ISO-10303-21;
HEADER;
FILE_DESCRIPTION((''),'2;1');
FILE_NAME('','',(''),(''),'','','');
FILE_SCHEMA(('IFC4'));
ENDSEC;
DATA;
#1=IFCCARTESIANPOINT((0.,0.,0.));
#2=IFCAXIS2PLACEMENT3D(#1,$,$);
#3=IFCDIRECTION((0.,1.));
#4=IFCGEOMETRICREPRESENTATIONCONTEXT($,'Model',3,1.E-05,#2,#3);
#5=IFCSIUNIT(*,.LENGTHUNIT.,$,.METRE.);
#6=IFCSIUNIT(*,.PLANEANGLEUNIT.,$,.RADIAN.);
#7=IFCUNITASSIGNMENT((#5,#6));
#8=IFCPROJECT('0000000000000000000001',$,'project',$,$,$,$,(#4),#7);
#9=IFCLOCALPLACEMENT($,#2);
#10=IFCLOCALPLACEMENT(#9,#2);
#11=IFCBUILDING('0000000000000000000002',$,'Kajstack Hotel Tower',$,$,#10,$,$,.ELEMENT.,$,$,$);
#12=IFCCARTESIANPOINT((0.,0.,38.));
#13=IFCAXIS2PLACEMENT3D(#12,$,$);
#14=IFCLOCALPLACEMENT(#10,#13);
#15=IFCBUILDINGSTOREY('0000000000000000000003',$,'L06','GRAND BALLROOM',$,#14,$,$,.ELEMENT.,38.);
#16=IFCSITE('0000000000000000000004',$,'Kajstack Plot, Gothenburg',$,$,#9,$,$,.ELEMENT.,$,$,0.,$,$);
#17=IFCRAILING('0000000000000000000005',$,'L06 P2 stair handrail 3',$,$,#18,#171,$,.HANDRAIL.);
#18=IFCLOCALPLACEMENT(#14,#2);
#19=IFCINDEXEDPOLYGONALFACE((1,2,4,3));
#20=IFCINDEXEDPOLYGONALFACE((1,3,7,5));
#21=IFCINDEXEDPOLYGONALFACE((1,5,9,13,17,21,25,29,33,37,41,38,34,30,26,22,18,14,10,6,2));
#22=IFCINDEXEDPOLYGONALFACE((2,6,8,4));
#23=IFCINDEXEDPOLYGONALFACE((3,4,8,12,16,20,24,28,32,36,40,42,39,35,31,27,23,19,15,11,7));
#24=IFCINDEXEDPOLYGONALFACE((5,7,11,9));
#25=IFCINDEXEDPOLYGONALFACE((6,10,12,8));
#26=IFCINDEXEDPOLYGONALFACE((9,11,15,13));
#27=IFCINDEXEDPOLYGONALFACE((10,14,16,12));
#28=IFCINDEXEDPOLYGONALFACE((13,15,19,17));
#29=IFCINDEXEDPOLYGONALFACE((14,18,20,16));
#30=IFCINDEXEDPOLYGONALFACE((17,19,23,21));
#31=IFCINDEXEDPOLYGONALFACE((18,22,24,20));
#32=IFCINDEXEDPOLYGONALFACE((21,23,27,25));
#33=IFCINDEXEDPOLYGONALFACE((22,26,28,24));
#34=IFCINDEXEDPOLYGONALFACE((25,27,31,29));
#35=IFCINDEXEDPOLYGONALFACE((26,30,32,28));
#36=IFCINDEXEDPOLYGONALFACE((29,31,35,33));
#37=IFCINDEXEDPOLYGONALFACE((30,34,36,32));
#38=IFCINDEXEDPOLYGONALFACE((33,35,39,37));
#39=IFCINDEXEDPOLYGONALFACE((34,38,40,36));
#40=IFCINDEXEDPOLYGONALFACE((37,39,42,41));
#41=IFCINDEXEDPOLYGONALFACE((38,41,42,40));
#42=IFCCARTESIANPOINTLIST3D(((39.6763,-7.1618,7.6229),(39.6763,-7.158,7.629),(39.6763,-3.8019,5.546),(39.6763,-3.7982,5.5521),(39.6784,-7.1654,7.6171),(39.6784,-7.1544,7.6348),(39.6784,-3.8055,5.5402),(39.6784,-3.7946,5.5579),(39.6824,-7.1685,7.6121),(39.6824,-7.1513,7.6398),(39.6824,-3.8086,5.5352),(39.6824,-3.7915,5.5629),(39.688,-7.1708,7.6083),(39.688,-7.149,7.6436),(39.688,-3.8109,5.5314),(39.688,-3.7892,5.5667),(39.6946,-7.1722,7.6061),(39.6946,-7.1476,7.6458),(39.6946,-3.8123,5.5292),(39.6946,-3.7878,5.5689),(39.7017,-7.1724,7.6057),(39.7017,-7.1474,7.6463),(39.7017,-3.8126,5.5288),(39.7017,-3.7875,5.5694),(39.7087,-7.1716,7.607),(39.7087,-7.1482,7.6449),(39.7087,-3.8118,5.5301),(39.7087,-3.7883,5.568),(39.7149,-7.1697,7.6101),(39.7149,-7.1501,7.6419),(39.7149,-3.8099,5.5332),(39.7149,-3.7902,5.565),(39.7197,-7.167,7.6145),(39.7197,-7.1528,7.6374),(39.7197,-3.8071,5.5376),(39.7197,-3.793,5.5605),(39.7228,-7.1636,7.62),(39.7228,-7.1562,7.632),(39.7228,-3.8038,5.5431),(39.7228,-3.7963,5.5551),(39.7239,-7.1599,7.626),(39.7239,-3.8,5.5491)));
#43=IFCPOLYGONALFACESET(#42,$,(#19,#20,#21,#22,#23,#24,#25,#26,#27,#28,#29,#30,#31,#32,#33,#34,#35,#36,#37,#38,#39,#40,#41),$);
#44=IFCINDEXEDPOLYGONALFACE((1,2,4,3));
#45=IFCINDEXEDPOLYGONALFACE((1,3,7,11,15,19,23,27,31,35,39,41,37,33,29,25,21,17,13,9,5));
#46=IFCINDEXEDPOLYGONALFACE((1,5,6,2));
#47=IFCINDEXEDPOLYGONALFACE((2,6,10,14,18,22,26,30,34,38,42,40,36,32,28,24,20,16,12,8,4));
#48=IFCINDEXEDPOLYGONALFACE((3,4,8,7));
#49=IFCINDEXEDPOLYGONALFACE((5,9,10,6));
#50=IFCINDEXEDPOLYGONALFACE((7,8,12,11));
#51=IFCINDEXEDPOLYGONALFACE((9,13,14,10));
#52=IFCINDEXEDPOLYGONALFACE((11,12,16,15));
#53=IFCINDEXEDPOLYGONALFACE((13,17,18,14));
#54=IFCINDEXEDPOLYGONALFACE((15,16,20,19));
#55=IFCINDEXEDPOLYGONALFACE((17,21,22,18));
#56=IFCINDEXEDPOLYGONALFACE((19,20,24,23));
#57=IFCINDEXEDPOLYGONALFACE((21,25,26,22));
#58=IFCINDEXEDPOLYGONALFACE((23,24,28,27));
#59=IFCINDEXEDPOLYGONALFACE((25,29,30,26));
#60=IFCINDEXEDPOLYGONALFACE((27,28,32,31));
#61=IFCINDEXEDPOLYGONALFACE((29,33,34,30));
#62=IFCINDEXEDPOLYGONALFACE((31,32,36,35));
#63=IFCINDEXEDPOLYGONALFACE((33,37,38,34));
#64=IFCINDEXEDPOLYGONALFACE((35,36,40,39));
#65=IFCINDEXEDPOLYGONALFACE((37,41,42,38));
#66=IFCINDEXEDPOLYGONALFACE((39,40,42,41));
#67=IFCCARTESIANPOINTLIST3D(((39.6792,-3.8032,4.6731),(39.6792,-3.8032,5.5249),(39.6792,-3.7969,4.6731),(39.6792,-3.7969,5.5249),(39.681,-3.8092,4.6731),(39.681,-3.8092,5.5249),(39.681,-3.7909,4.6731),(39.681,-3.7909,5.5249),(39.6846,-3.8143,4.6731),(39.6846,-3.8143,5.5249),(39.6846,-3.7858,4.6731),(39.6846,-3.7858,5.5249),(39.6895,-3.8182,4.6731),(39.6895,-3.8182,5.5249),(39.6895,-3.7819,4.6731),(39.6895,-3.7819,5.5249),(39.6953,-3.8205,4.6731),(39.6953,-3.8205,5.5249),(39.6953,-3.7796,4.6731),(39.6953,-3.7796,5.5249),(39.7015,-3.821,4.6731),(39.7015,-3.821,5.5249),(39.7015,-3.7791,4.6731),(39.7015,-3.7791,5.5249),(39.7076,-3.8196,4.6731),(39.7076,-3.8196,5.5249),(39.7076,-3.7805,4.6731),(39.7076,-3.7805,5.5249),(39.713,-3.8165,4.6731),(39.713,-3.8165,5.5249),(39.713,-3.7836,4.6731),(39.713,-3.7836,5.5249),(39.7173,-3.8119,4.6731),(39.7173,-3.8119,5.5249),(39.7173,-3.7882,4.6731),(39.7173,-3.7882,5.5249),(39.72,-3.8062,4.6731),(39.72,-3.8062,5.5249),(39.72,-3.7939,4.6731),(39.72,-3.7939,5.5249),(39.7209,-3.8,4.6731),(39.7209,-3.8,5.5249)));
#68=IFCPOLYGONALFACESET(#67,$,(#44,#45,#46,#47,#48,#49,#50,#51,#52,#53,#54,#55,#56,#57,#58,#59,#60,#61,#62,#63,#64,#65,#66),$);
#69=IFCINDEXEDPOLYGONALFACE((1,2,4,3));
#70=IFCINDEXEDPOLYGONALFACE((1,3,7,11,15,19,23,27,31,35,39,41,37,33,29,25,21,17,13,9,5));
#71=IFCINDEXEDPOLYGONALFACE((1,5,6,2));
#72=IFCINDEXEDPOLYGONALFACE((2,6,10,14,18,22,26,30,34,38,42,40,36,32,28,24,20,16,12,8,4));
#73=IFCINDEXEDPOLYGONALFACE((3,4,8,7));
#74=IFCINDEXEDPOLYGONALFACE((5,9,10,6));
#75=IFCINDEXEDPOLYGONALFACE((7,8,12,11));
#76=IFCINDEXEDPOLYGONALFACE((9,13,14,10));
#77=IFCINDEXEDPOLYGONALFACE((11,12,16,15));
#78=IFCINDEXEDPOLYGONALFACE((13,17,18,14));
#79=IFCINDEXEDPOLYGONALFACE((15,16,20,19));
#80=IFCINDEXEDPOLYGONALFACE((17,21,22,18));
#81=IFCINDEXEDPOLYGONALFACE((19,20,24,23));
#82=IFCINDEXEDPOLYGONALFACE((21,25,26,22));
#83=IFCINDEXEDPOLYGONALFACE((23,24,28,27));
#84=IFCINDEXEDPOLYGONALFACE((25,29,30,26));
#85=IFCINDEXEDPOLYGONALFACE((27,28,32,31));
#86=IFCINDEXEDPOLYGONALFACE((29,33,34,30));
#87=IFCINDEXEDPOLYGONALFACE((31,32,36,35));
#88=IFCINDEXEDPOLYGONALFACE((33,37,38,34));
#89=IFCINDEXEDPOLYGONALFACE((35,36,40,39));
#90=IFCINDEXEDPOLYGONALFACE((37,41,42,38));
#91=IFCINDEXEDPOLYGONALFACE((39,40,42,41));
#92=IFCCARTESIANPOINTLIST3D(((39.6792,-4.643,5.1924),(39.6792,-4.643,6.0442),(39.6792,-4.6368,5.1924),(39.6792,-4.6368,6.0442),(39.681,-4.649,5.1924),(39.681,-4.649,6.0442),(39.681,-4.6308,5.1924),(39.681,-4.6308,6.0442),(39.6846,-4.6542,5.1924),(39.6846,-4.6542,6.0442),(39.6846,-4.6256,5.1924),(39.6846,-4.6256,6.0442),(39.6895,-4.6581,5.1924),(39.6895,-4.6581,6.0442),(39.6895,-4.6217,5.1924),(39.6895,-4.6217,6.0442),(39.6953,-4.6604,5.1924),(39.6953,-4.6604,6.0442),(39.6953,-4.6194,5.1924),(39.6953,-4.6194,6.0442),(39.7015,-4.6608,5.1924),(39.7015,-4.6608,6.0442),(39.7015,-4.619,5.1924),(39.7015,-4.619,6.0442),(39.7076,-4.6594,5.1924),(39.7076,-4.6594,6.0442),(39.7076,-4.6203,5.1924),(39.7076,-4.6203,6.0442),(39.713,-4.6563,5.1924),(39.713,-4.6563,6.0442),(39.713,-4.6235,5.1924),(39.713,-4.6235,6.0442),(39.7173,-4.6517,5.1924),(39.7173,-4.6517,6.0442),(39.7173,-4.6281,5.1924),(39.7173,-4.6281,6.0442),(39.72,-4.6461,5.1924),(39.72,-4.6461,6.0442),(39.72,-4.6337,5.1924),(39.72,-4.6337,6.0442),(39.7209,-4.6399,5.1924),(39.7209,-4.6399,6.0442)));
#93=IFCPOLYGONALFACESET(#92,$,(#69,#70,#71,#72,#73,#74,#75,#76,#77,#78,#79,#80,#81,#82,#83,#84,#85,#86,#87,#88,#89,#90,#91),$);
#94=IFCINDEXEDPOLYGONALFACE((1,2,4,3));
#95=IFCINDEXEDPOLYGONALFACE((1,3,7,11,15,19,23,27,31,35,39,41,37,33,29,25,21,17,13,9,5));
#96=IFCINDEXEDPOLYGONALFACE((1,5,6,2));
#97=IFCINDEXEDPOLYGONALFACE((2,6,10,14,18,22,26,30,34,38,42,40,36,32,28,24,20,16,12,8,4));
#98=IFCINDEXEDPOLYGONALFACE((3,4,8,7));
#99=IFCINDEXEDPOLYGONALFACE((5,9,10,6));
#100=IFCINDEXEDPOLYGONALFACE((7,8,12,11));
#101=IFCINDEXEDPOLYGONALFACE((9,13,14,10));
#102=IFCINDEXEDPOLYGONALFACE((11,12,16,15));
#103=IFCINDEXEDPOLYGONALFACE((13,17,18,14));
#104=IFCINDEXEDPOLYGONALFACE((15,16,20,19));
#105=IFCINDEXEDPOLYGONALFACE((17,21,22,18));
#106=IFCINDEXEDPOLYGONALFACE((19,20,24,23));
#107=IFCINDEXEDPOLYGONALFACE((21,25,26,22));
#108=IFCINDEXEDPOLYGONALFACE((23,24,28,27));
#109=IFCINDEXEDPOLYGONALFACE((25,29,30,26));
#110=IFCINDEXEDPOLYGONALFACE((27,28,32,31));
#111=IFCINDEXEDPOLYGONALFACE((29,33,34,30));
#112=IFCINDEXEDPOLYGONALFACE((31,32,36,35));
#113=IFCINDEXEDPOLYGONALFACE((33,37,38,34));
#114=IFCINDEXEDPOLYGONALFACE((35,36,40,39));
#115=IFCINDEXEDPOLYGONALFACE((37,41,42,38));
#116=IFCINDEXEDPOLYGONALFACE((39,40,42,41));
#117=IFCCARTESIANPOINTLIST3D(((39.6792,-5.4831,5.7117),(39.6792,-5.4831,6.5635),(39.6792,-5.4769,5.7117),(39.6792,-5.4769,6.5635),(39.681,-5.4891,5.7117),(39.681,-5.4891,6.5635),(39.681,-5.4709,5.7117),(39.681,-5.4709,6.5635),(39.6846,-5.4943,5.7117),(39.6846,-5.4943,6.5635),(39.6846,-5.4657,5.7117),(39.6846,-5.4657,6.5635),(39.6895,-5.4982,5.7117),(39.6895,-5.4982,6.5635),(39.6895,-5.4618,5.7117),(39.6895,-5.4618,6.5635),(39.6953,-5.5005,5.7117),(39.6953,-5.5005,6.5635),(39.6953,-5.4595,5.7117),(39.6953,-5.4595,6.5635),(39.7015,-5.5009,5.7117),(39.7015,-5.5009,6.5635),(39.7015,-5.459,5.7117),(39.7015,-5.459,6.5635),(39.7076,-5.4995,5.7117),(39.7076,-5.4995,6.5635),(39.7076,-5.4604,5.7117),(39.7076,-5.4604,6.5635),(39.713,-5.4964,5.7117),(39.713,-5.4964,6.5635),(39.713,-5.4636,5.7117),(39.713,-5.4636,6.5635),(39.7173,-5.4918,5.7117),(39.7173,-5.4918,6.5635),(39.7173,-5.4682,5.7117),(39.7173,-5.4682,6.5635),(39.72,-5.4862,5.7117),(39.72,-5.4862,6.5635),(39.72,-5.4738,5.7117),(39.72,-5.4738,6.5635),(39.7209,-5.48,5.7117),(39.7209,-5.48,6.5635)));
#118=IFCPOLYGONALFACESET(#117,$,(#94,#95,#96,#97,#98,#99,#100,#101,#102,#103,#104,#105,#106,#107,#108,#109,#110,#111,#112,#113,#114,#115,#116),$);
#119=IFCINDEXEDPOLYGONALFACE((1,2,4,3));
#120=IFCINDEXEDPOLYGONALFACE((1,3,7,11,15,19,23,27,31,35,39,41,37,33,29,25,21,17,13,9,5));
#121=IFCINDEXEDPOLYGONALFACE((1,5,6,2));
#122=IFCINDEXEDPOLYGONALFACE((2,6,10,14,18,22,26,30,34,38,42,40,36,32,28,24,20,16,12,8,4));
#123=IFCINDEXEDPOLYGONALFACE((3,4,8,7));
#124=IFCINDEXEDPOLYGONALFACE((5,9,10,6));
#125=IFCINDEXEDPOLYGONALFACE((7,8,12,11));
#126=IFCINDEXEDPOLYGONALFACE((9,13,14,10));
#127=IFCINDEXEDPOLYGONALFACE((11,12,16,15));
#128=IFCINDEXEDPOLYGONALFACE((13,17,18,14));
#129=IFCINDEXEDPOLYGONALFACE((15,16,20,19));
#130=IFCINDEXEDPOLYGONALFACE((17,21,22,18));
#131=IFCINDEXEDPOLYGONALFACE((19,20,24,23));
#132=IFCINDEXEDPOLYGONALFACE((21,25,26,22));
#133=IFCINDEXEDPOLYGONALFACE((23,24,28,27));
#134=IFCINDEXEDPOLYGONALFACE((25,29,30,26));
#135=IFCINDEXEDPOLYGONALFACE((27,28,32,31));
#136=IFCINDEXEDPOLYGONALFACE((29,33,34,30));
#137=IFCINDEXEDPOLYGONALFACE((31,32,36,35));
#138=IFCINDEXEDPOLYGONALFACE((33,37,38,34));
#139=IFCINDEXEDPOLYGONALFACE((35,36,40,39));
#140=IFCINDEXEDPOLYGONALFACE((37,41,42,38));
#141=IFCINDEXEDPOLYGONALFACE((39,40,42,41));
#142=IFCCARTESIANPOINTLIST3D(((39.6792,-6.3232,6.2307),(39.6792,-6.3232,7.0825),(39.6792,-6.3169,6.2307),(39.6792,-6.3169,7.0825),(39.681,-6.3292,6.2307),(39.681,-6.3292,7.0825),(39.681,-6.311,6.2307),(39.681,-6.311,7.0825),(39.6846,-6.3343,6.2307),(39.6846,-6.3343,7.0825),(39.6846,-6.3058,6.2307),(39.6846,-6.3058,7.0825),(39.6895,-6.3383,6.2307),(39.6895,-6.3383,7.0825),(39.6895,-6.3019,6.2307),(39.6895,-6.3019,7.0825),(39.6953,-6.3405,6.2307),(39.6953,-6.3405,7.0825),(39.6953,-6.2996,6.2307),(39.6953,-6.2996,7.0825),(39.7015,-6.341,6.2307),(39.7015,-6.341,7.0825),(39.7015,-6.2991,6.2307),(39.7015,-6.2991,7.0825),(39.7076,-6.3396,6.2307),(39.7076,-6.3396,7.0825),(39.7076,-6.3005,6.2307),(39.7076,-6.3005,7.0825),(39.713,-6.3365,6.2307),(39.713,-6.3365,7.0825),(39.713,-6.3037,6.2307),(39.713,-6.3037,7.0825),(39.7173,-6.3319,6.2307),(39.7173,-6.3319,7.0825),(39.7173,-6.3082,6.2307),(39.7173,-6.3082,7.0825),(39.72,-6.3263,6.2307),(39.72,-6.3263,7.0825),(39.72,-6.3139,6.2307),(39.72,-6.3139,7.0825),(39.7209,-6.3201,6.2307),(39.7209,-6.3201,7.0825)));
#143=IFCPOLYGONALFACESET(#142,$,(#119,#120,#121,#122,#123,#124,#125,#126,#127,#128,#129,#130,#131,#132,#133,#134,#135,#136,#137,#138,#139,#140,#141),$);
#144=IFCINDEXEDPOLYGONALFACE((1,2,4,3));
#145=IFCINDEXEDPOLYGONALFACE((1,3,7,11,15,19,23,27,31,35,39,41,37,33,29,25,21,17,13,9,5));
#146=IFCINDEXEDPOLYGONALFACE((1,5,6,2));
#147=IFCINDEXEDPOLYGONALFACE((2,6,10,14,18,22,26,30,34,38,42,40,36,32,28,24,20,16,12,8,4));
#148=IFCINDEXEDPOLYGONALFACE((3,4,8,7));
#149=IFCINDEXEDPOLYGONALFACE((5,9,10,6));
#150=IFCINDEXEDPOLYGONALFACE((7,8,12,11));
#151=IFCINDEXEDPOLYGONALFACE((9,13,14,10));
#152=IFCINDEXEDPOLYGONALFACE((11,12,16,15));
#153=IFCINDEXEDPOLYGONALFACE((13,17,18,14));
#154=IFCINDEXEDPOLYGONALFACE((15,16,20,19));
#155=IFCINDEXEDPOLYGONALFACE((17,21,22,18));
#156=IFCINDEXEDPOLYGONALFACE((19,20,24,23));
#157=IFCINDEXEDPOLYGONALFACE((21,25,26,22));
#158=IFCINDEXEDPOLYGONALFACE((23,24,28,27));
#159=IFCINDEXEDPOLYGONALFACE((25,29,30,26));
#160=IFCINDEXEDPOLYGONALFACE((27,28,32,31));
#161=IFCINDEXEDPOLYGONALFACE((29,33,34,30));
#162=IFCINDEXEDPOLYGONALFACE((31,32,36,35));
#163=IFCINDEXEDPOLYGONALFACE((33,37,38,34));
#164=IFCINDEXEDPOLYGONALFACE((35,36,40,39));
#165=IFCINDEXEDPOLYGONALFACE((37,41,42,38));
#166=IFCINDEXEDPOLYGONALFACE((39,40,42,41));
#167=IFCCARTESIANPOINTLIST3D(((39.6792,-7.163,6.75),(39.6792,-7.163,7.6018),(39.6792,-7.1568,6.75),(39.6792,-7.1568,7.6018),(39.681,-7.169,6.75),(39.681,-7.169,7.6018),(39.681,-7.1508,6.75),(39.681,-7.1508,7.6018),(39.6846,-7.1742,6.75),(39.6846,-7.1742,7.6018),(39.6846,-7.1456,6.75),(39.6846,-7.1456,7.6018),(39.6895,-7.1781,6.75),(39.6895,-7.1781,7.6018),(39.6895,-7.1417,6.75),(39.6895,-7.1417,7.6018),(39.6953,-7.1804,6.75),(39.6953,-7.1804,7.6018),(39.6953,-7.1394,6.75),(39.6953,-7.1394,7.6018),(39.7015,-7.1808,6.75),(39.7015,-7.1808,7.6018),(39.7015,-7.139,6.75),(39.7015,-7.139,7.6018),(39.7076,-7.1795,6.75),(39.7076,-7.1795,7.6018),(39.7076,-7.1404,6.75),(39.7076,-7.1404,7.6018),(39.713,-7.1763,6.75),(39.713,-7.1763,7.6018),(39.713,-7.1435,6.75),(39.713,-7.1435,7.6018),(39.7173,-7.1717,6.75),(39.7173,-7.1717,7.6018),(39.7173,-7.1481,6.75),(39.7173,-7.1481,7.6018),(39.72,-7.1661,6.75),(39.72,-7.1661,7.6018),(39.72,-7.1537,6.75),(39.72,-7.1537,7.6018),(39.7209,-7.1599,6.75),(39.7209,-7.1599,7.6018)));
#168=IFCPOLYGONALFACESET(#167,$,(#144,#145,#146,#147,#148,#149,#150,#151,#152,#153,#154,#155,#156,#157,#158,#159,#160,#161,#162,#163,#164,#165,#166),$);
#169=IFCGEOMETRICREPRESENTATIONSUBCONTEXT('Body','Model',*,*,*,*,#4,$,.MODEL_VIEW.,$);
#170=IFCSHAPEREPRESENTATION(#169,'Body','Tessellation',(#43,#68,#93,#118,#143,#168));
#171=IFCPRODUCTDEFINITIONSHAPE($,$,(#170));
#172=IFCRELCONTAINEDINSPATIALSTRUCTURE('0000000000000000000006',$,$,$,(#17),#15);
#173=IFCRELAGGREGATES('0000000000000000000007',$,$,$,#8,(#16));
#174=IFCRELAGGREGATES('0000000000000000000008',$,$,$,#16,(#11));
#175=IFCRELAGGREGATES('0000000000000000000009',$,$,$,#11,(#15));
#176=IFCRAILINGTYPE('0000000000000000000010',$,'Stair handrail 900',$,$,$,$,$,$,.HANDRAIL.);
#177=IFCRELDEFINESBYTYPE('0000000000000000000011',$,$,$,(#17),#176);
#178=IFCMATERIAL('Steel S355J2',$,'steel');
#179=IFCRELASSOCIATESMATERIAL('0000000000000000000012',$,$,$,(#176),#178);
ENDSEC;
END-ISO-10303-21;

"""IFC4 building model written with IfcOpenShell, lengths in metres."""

from ifc_helpers import new_model, si_unit, direction, frame, origin, origin_2d, place, context, subcontext, project, spatial, circle, extrude, material, type_object, element, save


model = new_model("IFC4")

# Units and contexts
model_context = context("Model", 3, precision=1e-05, world=origin(), true_north=direction((0.0, 1.0)))
body_context = subcontext(model_context, "Body", "Model", "MODEL_VIEW")
ifc_project = project(units=[si_unit("LENGTHUNIT", "METRE"), si_unit("PLANEANGLEUNIT", "RADIAN")], contexts=[model_context])

# Site, building, storey
site_placement = place(None, origin())
site = spatial("IfcSite", under=ifc_project, at=site_placement, Name="Kajstack Plot, Gothenburg", CompositionType="ELEMENT", RefElevation=0.0)
building_placement = place(site_placement, origin())
building = spatial("IfcBuilding", under=site, at=building_placement, Name="Kajstack Hotel Tower", CompositionType="ELEMENT")
storey_placement = place(building_placement, frame((0.0, 0.0, 38.0)))
storey = spatial("IfcBuildingStorey", under=building, at=storey_placement, Name="L06", Description="GRAND BALLROOM", CompositionType="ELEMENT", Elevation=38.0)

# Railing
ifc_material_1 = material(Name="Steel S355J2", Category="steel")
railing_type_1 = type_object("IfcRailingType", Name="Stair handrail 900", PredefinedType="HANDRAIL", material=ifc_material_1)
railing_1_placement = place(storey_placement, frame((39.7, -3.8, 4.6731)))
element("IfcRailing", 1, at=railing_1_placement, inside=storey, type_object=railing_type_1, Name="L06 P2 stair handrail 3", PredefinedType="HANDRAIL", context=body_context, shape_type="SweptSolid", body=[
    extrude(circle(Radius=0.0239, at=origin_2d()), frame((0.0, 0.0, 0.876), z_axis=(0.0, -0.850606, 0.525803), x_axis=(1.0, 0.0, 0.0)), (0.0, 0.0, 1.0), 3.95),
    extrude(circle(Radius=0.021, at=origin_2d()), origin(), (0.0, 0.0, 1.0), 0.8518),
    extrude(circle(Radius=0.021, at=origin_2d()), frame((0.0, -0.8398, 0.5193)), (0.0, 0.0, 1.0), 0.8518),
    extrude(circle(Radius=0.021, at=origin_2d()), frame((0.0, -1.6799, 1.0386)), (0.0, 0.0, 1.0), 0.8518),
    extrude(circle(Radius=0.021, at=origin_2d()), frame((0.0, -2.52, 1.5576)), (0.0, 0.0, 1.0), 0.8518),
    extrude(circle(Radius=0.021, at=origin_2d()), frame((0.0, -3.3599, 2.0769)), (0.0, 0.0, 1.0), 0.8518),
])

save(model, "model.ifc")
